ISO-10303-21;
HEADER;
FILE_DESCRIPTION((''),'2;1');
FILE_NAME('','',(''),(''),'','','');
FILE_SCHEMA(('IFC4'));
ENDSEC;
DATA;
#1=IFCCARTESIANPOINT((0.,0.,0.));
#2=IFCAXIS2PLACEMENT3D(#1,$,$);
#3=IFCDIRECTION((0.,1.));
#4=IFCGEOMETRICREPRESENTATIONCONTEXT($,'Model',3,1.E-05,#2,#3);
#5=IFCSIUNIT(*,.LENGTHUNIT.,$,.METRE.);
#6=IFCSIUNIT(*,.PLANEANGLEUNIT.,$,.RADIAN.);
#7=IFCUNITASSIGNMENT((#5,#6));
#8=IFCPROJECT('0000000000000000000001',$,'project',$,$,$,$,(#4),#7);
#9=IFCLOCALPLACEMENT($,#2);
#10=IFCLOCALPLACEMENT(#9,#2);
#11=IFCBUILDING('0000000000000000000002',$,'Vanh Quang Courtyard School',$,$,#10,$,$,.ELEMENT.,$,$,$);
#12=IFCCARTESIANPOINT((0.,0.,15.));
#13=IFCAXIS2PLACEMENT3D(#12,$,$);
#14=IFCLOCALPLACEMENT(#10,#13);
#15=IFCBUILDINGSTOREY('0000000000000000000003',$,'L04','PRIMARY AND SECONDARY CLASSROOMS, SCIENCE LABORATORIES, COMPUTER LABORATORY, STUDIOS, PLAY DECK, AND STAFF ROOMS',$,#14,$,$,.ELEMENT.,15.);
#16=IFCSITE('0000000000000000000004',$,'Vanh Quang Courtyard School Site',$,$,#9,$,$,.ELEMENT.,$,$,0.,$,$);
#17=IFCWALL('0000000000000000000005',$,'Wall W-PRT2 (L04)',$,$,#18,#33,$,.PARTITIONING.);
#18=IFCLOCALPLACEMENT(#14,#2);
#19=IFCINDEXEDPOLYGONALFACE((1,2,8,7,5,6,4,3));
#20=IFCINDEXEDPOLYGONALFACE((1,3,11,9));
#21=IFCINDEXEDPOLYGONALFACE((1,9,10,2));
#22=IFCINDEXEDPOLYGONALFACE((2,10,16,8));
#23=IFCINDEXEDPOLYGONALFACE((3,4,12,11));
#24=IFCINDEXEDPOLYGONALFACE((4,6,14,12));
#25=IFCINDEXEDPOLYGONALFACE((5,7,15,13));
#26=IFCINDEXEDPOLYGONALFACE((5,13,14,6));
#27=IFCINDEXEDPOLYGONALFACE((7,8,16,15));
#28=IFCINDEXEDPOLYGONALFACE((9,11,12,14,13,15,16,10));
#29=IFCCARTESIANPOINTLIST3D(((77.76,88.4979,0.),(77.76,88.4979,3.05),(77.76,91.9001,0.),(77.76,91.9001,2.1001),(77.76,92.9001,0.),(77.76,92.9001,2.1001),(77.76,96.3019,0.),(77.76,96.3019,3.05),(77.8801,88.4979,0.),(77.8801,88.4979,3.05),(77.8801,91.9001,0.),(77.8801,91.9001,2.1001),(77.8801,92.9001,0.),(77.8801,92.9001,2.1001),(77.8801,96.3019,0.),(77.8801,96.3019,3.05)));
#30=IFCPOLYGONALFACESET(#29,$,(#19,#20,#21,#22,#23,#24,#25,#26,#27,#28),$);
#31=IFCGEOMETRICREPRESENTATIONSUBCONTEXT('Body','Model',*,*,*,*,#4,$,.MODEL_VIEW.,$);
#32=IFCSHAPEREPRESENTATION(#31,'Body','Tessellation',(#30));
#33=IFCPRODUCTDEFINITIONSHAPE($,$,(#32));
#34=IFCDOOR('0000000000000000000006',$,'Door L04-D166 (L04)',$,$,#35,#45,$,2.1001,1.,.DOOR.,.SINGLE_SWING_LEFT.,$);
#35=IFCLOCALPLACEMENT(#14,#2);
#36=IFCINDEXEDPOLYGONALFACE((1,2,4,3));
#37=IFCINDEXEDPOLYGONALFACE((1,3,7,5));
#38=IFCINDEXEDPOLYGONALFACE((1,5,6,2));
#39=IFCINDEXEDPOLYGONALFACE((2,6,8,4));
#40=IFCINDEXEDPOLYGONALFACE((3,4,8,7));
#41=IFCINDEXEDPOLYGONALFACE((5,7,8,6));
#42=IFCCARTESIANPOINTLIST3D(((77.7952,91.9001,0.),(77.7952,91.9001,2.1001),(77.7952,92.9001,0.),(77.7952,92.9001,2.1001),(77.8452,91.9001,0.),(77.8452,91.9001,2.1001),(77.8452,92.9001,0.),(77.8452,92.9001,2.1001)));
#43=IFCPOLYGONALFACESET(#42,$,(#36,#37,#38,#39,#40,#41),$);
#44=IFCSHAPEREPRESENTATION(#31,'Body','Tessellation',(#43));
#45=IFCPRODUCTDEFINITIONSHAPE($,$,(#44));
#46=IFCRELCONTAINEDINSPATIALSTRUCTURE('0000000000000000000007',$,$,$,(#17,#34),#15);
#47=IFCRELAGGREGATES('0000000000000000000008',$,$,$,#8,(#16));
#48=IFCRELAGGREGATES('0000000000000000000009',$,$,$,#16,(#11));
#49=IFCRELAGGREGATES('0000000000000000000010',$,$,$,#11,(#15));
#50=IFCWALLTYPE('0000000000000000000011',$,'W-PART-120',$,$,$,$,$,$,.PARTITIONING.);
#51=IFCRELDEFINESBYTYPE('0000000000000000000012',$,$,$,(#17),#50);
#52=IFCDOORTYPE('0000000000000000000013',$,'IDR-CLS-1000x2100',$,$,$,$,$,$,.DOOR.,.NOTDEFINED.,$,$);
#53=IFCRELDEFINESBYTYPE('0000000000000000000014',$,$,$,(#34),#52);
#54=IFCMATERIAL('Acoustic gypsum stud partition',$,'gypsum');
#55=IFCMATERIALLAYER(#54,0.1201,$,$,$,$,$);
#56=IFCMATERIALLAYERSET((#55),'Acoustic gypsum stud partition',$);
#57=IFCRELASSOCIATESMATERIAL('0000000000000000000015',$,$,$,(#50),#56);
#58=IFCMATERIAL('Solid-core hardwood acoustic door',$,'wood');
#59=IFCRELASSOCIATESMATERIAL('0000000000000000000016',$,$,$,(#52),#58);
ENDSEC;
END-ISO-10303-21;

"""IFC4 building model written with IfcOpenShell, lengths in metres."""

from ifc_helpers import new_model, si_unit, direction, frame, frame_2d, origin, place, context, subcontext, project, spatial, rectangle, extrude, material, layer, layer_set, type_object, element, fill, save


model = new_model("IFC4")

# Units and contexts
model_context = context("Model", 3, precision=1e-05, world=origin(), true_north=direction((0.0, 1.0)))
body_context = subcontext(model_context, "Body", "Model", "MODEL_VIEW")
ifc_project = project(units=[si_unit("LENGTHUNIT", "METRE"), si_unit("PLANEANGLEUNIT", "RADIAN")], contexts=[model_context])

# Site, building, storey
site_placement = place(None, origin())
site = spatial("IfcSite", under=ifc_project, at=site_placement, Name="Vanh Quang Courtyard School Site", CompositionType="ELEMENT", RefElevation=0.0)
building_placement = place(site_placement, origin())
building = spatial("IfcBuilding", under=site, at=building_placement, Name="Vanh Quang Courtyard School", CompositionType="ELEMENT")
storey_placement = place(building_placement, frame((0.0, 0.0, 15.0)))
storey = spatial("IfcBuildingStorey", under=building, at=storey_placement, Name="L04", Description="PRIMARY AND SECONDARY CLASSROOMS, SCIENCE LABORATORIES, COMPUTER LABORATORY, STUDIOS, PLAY DECK, AND STAFF ROOMS", CompositionType="ELEMENT", Elevation=15.0)

# Wall, opening, door
ifc_material_1 = material(Name="Acoustic gypsum stud partition", Category="gypsum")
ifc_layer_1 = layer(ifc_material_1, 0.1201)
ifc_layer_set_1 = layer_set([ifc_layer_1], Name="Acoustic gypsum stud partition")
wall_type_1 = type_object("IfcWallType", Name="W-PART-120", PredefinedType="PARTITIONING", material=ifc_layer_set_1)
wall_1_placement = place(storey_placement, frame((77.8201, 88.498, 0.0), z_axis=(0.0, 0.0, 1.0), x_axis=(0.0, 1.0, 0.0)))
wall_1 = element("IfcWall", 1, at=wall_1_placement, inside=storey, type_object=wall_type_1, Name="Wall W-PRT2 (L04)", PredefinedType="PARTITIONING", context=body_context, shape_type="SweptSolid", body=[
    extrude(rectangle(XDim=7.804, YDim=0.1201, at=frame_2d((3.9019, 0.0))), origin(), (0.0, 0.0, 1.0), 3.05),
])
opening_placement = place(wall_1_placement, frame((3.4021, 0.0, 0.0)))
opening = element("IfcOpeningElement", 2, at=opening_placement, cuts=wall_1, PredefinedType="OPENING", context=body_context, shape_type="SweptSolid", body=[
    extrude(rectangle(XDim=1.0, YDim=2.1001, at=frame_2d((0.5, 1.05))), frame((0.0, 0.0701, 0.0), z_axis=(0.0, -1.0, 0.0), x_axis=(1.0, 0.0, 0.0)), (0.0, 0.0, 1.0), 0.1401),
])
ifc_material_2 = material(Name="Solid-core hardwood acoustic door", Category="wood")
door_type = type_object("IfcDoorType", Name="IDR-CLS-1000x2100", OperationType="NOTDEFINED", PredefinedType="DOOR", material=ifc_material_2)
door_placement = place(opening_placement, origin())
door = element("IfcDoor", 3, at=door_placement, inside=storey, type_object=door_type, Name="Door L04-D166 (L04)", OperationType="SINGLE_SWING_LEFT", OverallHeight=2.1001, OverallWidth=1.0, PredefinedType="DOOR", context=body_context, shape_type="SweptSolid", body=[
    extrude(rectangle(XDim=1.0, YDim=2.1001, at=frame_2d((0.5, 1.05))), frame((0.0, 0.0249, 0.0), z_axis=(0.0, -1.0, 0.0), x_axis=(1.0, 0.0, 0.0)), (0.0, 0.0, 1.0), 0.05),
])
fill(opening, door)

save(model, "model.ifc")
